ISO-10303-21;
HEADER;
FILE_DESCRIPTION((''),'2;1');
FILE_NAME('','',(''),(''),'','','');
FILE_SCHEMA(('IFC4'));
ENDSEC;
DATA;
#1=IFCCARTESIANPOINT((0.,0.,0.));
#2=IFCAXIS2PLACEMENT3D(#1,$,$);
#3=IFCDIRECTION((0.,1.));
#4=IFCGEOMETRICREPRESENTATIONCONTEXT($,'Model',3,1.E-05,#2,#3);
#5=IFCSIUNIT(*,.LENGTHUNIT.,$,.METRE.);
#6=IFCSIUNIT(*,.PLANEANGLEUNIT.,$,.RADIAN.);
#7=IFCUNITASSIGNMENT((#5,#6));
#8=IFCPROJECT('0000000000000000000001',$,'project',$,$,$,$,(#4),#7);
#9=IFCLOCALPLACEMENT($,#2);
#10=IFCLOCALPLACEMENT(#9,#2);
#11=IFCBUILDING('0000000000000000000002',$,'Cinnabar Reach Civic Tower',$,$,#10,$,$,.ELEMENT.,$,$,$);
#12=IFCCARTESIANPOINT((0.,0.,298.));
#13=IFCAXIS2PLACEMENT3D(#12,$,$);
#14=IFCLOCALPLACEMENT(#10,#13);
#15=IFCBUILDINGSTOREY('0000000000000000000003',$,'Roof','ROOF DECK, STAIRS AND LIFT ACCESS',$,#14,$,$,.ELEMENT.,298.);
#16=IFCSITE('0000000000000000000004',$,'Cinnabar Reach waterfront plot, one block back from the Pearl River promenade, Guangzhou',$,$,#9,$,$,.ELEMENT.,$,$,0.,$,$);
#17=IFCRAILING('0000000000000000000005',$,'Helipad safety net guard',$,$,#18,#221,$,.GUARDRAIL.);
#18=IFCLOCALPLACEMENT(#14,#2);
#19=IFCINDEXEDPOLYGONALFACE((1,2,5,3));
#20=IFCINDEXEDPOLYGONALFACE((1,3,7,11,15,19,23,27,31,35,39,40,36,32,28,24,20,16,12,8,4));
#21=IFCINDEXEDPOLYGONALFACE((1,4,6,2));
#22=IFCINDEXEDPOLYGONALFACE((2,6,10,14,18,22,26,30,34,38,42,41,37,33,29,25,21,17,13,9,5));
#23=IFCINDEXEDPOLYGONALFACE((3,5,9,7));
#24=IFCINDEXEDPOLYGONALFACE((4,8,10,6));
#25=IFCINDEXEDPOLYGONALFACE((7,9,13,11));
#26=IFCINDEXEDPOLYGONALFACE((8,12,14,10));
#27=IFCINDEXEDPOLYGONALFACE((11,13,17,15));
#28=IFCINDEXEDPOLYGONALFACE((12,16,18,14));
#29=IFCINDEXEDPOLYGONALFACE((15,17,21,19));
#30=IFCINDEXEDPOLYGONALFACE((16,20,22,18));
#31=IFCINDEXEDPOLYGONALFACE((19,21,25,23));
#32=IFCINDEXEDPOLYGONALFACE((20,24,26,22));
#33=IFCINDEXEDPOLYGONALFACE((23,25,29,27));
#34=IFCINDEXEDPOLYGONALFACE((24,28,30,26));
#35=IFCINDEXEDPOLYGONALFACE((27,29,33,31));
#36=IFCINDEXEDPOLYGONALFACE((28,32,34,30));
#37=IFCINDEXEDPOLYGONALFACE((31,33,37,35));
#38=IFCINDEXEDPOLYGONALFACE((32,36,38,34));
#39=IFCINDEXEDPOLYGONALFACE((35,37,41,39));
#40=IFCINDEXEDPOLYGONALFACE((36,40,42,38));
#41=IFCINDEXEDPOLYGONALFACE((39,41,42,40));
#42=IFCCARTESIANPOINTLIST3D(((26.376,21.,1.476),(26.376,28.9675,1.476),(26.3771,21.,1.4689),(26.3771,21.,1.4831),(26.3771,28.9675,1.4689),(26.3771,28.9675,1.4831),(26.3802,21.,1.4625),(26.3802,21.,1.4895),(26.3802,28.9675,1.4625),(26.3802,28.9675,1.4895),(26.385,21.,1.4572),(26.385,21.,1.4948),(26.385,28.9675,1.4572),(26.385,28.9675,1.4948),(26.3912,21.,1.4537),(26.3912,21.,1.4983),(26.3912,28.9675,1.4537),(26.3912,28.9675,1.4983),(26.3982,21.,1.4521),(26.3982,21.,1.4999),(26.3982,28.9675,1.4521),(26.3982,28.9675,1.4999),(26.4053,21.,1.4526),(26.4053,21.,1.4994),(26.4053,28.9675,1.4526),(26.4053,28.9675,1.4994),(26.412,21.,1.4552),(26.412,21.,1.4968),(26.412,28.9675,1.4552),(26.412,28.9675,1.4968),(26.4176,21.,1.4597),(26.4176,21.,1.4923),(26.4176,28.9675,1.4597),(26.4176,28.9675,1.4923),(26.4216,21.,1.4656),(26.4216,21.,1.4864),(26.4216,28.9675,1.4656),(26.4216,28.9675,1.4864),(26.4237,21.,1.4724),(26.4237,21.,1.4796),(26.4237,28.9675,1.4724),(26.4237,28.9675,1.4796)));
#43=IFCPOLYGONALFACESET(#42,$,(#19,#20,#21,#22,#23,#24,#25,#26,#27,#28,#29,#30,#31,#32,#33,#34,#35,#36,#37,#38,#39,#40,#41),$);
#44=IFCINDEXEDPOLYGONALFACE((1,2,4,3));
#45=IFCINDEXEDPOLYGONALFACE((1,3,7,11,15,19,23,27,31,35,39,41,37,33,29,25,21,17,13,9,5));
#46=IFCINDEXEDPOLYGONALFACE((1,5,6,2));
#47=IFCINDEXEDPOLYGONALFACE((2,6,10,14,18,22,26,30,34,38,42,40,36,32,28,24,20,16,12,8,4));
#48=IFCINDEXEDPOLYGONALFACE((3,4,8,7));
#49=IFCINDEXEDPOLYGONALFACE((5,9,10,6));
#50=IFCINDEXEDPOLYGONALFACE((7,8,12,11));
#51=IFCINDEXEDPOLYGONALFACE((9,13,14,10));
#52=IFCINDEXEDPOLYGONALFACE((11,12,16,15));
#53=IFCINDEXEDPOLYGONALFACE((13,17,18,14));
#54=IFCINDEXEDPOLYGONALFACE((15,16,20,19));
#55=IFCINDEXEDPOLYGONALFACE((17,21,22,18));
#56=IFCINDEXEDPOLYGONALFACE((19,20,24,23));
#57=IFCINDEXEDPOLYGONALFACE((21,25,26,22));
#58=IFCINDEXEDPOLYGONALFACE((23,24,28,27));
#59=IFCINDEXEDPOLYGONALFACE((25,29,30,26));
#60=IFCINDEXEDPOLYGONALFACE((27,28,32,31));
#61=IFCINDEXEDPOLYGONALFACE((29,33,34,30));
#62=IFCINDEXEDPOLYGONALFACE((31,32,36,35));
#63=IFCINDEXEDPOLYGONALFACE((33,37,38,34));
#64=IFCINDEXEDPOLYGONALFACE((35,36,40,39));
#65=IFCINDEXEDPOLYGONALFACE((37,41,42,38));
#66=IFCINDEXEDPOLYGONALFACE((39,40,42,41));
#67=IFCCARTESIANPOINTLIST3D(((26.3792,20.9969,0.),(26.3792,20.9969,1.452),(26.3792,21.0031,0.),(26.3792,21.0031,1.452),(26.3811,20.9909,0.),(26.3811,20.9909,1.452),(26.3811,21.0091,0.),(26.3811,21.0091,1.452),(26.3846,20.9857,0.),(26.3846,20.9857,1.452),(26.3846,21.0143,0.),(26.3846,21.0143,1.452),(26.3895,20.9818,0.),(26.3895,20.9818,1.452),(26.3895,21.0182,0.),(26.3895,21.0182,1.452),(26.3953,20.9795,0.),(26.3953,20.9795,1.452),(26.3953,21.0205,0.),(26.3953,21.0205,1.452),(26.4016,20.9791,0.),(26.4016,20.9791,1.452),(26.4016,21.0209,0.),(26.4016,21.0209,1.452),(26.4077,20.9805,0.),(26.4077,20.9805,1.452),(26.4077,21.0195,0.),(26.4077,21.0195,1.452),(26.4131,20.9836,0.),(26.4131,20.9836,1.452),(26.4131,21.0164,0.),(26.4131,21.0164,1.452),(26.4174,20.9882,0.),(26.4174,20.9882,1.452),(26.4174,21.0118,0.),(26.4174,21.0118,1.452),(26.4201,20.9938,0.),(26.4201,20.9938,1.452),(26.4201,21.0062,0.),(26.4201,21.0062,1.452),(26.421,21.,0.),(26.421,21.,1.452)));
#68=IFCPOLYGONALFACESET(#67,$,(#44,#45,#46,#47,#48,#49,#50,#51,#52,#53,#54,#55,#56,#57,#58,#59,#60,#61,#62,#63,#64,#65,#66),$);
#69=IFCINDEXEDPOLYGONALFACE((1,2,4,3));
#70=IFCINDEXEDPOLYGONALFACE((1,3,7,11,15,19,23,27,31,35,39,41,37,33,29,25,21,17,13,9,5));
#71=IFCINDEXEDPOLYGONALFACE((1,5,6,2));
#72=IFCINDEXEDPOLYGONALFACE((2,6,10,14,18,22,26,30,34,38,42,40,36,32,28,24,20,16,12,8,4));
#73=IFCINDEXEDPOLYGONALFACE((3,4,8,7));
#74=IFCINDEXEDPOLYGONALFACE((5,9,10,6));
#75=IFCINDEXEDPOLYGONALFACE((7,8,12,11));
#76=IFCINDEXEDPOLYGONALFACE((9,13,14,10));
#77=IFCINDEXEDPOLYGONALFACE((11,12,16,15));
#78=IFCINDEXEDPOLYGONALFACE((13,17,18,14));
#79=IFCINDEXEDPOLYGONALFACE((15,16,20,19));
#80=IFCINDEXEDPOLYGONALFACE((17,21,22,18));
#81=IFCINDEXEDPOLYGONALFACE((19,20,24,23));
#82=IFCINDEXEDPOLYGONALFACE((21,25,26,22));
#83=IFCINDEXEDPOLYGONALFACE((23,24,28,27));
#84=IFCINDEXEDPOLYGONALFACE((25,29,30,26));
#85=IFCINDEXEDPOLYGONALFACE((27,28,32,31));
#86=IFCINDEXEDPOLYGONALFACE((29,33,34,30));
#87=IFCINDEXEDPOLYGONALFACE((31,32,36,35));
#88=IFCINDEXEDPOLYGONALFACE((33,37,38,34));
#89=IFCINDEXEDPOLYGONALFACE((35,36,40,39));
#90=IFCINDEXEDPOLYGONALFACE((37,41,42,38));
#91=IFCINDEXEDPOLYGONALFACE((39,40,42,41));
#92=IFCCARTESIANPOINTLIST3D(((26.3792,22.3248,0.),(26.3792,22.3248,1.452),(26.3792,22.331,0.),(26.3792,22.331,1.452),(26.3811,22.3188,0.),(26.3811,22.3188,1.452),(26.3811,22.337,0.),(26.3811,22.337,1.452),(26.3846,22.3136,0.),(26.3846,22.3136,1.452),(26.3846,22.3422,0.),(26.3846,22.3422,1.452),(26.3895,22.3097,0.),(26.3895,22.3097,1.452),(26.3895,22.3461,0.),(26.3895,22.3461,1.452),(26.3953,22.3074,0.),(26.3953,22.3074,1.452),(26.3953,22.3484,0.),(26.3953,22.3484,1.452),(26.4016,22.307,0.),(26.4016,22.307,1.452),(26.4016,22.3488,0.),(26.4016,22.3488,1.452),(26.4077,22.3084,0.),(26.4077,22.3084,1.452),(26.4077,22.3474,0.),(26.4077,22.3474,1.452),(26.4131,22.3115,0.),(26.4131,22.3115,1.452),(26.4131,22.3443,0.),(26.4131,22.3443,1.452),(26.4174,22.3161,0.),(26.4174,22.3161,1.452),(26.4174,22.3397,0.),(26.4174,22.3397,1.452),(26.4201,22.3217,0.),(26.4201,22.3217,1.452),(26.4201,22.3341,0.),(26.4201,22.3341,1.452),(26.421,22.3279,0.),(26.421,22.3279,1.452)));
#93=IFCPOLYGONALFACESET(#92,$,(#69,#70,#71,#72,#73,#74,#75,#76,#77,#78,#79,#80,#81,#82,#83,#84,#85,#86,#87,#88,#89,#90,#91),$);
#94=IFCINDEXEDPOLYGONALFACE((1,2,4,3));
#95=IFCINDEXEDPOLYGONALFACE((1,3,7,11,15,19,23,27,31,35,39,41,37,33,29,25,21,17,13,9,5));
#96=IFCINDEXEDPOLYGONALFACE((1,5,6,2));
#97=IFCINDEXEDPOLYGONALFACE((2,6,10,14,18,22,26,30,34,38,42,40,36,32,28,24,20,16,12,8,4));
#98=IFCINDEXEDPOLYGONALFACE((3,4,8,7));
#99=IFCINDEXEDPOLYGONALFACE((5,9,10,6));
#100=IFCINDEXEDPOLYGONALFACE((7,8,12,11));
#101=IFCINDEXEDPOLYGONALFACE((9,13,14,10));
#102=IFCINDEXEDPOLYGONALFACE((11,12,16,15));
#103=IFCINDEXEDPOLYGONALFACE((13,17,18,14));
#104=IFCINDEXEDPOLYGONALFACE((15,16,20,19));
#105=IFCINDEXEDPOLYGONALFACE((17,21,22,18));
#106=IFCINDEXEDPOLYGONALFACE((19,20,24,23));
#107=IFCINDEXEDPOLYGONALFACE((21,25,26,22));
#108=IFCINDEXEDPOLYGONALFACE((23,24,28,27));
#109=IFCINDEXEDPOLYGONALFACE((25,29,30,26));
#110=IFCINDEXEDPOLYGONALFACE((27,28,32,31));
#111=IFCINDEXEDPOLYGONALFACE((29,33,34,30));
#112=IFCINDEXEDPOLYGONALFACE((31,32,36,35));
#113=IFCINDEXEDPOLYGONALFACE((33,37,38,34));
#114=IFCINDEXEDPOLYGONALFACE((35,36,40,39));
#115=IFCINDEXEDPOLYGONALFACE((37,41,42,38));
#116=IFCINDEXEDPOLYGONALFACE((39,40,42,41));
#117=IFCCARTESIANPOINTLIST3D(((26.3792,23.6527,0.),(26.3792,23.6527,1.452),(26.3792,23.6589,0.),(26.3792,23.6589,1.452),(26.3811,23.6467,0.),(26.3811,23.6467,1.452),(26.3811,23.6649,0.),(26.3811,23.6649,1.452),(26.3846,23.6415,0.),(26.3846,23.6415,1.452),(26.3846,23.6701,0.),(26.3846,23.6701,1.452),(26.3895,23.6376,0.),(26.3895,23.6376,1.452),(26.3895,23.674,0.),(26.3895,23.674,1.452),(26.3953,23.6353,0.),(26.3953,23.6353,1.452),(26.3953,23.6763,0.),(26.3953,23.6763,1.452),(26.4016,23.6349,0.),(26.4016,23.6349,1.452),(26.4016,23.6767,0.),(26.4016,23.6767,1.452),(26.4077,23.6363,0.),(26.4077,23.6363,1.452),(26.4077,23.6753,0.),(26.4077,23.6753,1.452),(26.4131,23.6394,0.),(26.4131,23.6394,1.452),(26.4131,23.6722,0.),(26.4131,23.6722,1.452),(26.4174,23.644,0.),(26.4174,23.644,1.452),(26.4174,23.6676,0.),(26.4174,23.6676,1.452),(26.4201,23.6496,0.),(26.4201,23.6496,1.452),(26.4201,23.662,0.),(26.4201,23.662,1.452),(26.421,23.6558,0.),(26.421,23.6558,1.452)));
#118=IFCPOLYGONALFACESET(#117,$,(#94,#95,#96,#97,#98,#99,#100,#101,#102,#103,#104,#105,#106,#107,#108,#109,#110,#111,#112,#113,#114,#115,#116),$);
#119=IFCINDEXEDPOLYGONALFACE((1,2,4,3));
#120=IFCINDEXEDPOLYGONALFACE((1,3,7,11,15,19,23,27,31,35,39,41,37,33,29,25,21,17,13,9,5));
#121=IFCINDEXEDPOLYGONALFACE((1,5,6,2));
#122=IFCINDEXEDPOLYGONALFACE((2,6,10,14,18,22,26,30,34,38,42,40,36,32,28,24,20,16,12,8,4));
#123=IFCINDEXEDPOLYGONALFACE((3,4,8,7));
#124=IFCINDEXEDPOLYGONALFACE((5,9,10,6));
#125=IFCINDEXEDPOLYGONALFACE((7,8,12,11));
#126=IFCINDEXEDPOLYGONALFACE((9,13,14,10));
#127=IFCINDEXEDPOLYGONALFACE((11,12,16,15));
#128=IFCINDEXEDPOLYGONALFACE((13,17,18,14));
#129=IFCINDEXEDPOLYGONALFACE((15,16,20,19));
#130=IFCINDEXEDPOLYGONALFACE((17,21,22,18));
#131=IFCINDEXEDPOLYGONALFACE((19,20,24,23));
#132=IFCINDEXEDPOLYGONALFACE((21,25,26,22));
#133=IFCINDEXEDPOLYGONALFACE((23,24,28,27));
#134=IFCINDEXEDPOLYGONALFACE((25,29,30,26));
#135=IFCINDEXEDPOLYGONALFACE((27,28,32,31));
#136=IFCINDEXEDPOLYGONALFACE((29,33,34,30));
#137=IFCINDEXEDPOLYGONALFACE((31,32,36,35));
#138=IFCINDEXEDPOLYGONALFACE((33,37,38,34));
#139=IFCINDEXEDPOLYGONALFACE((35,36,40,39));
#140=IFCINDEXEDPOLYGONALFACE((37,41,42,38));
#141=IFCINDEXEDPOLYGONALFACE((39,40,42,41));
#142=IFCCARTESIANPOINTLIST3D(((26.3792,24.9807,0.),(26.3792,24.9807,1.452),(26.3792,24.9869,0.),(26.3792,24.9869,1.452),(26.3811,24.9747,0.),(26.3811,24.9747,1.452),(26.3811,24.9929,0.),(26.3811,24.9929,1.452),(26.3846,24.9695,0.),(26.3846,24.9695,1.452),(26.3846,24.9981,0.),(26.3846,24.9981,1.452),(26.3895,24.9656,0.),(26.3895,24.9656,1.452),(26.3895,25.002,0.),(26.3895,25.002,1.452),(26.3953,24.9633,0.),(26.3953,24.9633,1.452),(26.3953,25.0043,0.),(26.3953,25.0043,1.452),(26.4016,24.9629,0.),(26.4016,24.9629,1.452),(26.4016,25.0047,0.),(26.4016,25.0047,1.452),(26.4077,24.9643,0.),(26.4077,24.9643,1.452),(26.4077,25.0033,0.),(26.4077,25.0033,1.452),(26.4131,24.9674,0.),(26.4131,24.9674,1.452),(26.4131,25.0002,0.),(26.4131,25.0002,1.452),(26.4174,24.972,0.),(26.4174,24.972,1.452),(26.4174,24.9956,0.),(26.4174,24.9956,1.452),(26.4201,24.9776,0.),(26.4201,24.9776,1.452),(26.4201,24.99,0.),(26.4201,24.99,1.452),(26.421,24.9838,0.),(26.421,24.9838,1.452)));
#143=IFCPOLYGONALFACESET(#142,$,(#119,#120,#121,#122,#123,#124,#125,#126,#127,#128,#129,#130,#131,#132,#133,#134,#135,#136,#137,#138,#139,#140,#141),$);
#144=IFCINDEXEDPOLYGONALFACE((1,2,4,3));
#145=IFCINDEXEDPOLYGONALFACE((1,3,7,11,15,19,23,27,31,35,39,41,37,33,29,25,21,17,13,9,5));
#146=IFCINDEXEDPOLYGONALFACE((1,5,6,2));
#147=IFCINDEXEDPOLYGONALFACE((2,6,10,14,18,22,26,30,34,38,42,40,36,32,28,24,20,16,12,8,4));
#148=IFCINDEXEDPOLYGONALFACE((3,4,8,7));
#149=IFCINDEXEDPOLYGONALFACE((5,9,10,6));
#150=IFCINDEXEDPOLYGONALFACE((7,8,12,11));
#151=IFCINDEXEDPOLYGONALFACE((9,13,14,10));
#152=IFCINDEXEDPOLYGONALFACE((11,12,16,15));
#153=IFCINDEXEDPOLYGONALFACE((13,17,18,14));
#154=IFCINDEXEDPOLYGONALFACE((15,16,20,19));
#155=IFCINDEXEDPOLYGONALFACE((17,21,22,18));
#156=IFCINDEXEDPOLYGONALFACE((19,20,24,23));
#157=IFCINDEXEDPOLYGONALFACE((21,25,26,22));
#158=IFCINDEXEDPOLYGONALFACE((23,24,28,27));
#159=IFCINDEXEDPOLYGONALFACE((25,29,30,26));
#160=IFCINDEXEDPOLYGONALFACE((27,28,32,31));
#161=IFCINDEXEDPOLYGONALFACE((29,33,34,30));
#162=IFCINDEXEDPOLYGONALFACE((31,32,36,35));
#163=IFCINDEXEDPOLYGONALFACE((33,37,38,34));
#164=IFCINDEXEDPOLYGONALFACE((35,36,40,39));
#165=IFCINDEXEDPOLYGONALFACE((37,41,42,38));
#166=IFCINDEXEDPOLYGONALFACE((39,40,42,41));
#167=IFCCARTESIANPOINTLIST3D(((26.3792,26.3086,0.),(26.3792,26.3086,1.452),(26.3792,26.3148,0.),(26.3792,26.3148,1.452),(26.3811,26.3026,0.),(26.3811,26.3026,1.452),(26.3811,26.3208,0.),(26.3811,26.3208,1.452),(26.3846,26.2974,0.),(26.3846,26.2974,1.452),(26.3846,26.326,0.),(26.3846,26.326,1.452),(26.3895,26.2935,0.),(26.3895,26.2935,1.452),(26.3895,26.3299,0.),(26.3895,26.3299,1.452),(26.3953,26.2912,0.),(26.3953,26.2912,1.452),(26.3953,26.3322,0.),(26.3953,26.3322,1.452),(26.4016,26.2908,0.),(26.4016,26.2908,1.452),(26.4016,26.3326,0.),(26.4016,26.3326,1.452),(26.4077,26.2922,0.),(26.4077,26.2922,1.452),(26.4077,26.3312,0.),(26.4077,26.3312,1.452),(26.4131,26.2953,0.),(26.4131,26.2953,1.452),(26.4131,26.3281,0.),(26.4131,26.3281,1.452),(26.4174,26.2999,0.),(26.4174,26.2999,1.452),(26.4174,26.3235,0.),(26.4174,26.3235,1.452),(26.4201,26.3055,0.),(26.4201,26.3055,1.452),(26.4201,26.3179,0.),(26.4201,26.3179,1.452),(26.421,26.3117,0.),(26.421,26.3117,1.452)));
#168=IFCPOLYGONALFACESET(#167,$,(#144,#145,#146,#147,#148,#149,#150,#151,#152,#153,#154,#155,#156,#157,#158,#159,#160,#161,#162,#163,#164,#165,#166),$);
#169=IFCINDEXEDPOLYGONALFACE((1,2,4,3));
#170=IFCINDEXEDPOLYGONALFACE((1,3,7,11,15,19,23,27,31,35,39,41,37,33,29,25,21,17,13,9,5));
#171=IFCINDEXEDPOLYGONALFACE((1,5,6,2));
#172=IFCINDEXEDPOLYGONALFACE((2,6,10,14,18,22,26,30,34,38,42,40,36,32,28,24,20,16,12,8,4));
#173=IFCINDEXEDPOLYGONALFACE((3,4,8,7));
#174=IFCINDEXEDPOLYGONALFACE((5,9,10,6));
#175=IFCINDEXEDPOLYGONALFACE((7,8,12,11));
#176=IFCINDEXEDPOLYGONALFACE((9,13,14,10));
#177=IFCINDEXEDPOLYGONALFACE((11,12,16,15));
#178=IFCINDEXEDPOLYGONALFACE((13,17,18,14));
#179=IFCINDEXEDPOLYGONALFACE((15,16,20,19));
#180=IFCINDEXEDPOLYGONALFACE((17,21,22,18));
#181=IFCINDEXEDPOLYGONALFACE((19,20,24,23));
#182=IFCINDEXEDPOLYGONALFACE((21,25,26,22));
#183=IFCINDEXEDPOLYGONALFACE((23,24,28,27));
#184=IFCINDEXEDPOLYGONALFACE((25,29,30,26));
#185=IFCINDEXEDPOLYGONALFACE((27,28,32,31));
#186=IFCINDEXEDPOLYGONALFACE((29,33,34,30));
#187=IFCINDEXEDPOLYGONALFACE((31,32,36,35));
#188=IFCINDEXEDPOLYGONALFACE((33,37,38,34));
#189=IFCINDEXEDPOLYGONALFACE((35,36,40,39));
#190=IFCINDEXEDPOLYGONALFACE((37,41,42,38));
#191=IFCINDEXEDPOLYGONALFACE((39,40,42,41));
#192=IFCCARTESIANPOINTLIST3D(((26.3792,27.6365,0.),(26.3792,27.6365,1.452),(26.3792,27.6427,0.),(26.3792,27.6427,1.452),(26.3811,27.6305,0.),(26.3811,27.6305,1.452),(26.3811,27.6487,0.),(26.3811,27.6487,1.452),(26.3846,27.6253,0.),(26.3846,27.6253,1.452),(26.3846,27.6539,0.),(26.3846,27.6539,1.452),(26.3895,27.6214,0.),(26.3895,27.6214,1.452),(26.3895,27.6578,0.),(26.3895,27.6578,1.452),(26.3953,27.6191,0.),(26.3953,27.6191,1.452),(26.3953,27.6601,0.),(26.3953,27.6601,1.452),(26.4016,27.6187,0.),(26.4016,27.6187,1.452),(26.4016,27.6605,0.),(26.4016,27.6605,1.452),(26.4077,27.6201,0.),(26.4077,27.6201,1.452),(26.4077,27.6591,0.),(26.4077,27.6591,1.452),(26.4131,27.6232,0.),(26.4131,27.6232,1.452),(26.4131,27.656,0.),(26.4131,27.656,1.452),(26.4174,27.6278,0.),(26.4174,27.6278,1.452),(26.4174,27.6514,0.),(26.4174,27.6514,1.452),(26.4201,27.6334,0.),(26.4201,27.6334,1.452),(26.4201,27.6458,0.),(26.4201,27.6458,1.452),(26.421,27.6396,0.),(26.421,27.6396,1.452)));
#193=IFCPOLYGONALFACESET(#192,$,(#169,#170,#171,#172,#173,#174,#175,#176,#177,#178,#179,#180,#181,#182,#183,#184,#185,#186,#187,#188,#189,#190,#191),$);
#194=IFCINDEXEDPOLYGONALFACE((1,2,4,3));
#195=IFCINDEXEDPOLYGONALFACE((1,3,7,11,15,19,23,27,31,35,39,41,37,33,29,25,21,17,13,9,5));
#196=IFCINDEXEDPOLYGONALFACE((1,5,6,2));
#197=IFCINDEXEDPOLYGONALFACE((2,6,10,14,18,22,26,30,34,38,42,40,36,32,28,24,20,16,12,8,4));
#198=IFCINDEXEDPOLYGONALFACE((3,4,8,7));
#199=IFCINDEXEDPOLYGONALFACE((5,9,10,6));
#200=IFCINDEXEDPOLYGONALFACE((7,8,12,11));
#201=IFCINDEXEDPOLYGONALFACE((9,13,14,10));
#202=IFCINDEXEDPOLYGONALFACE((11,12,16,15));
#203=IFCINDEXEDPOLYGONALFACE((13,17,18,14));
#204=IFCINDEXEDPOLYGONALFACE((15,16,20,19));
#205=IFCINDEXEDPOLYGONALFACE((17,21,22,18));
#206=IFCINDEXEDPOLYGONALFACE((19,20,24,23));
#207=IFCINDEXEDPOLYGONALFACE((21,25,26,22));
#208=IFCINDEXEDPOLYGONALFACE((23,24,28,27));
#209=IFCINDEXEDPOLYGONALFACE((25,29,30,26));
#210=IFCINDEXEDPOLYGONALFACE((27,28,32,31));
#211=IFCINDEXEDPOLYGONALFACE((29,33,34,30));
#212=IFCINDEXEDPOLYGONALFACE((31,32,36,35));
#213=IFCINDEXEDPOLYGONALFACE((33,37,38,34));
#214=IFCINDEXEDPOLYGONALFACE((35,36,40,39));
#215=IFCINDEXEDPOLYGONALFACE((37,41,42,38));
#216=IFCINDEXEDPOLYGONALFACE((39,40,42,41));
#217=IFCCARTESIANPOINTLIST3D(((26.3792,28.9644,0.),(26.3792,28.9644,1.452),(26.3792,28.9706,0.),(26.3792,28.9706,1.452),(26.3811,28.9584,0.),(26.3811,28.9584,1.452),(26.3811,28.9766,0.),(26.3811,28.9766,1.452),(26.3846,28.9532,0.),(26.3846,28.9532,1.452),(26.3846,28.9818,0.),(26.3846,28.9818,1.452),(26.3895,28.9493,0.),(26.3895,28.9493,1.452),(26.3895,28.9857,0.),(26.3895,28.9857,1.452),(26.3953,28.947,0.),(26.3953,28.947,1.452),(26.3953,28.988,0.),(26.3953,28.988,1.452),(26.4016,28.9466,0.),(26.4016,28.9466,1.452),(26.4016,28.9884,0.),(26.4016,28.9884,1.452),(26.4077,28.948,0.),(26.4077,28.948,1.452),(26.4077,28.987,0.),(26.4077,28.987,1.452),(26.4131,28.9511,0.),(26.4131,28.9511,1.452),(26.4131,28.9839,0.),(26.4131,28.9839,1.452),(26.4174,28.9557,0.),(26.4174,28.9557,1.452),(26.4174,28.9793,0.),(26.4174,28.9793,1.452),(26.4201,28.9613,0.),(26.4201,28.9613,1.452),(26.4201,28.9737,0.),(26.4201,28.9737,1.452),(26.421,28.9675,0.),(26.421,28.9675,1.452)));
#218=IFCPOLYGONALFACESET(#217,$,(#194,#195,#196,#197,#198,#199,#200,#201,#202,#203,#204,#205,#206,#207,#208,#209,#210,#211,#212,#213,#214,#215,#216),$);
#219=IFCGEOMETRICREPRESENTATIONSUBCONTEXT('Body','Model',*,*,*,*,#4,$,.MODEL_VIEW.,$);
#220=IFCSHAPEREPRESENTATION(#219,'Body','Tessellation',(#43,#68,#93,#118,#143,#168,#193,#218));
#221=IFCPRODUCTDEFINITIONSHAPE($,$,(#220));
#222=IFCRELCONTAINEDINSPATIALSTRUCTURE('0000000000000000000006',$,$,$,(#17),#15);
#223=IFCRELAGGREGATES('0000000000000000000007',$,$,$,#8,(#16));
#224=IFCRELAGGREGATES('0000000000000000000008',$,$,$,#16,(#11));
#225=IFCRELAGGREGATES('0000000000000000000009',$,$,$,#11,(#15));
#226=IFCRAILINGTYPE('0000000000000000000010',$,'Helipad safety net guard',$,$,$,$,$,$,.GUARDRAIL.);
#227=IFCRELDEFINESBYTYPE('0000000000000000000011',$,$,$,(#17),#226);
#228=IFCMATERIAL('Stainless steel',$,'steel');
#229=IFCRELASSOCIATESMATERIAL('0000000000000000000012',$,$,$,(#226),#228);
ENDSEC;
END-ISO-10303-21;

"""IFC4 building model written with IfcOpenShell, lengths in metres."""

from ifc_helpers import new_model, si_unit, direction, frame, origin, origin_2d, place, context, subcontext, project, spatial, circle, extrude, material, type_object, element, save


model = new_model("IFC4")

# Units and contexts
model_context = context("Model", 3, precision=1e-05, world=origin(), true_north=direction((0.0, 1.0)))
body_context = subcontext(model_context, "Body", "Model", "MODEL_VIEW")
ifc_project = project(units=[si_unit("LENGTHUNIT", "METRE"), si_unit("PLANEANGLEUNIT", "RADIAN")], contexts=[model_context])

# Site, building, storey
site_placement = place(None, origin())
site = spatial("IfcSite", under=ifc_project, at=site_placement, Name="Cinnabar Reach waterfront plot, one block back from the Pearl River promenade, Guangzhou", CompositionType="ELEMENT", RefElevation=0.0)
building_placement = place(site_placement, origin())
building = spatial("IfcBuilding", under=site, at=building_placement, Name="Cinnabar Reach Civic Tower", CompositionType="ELEMENT")
storey_placement = place(building_placement, frame((0.0, 0.0, 298.0)))
storey = spatial("IfcBuildingStorey", under=building, at=storey_placement, Name="Roof", Description="ROOF DECK, STAIRS AND LIFT ACCESS", CompositionType="ELEMENT", Elevation=298.0)

# Railing
ifc_material_1 = material(Name="Stainless steel", Category="steel")
railing_type_1 = type_object("IfcRailingType", Name="Helipad safety net guard", PredefinedType="GUARDRAIL", material=ifc_material_1)
railing_1_placement = place(storey_placement, frame((26.4, 21.0, 0.0)))
element("IfcRailing", 1, at=railing_1_placement, inside=storey, type_object=railing_type_1, Name="Helipad safety net guard", PredefinedType="GUARDRAIL", context=body_context, shape_type="SweptSolid", body=[
    extrude(circle(Radius=0.024, at=origin_2d()), frame((0.0, 0.0, 1.476), z_axis=(0.0, 1.0, 0.0), x_axis=(-1.0, 0.0, 0.0)), (0.0, 0.0, 1.0), 7.9675),
    extrude(circle(Radius=0.021, at=origin_2d()), origin(), (0.0, 0.0, 1.0), 1.452),
    extrude(circle(Radius=0.021, at=origin_2d()), frame((0.0, 1.3279, 0.0)), (0.0, 0.0, 1.0), 1.452),
    extrude(circle(Radius=0.021, at=origin_2d()), frame((0.0, 2.6558, 0.0)), (0.0, 0.0, 1.0), 1.452),
    extrude(circle(Radius=0.021, at=origin_2d()), frame((0.0, 3.9838, 0.0)), (0.0, 0.0, 1.0), 1.452),
    extrude(circle(Radius=0.021, at=origin_2d()), frame((0.0, 5.3117, 0.0)), (0.0, 0.0, 1.0), 1.452),
    extrude(circle(Radius=0.021, at=origin_2d()), frame((0.0, 6.6396, 0.0)), (0.0, 0.0, 1.0), 1.452),
    extrude(circle(Radius=0.021, at=origin_2d()), frame((0.0, 7.9675, 0.0)), (0.0, 0.0, 1.0), 1.452),
])

save(model, "model.ifc")
